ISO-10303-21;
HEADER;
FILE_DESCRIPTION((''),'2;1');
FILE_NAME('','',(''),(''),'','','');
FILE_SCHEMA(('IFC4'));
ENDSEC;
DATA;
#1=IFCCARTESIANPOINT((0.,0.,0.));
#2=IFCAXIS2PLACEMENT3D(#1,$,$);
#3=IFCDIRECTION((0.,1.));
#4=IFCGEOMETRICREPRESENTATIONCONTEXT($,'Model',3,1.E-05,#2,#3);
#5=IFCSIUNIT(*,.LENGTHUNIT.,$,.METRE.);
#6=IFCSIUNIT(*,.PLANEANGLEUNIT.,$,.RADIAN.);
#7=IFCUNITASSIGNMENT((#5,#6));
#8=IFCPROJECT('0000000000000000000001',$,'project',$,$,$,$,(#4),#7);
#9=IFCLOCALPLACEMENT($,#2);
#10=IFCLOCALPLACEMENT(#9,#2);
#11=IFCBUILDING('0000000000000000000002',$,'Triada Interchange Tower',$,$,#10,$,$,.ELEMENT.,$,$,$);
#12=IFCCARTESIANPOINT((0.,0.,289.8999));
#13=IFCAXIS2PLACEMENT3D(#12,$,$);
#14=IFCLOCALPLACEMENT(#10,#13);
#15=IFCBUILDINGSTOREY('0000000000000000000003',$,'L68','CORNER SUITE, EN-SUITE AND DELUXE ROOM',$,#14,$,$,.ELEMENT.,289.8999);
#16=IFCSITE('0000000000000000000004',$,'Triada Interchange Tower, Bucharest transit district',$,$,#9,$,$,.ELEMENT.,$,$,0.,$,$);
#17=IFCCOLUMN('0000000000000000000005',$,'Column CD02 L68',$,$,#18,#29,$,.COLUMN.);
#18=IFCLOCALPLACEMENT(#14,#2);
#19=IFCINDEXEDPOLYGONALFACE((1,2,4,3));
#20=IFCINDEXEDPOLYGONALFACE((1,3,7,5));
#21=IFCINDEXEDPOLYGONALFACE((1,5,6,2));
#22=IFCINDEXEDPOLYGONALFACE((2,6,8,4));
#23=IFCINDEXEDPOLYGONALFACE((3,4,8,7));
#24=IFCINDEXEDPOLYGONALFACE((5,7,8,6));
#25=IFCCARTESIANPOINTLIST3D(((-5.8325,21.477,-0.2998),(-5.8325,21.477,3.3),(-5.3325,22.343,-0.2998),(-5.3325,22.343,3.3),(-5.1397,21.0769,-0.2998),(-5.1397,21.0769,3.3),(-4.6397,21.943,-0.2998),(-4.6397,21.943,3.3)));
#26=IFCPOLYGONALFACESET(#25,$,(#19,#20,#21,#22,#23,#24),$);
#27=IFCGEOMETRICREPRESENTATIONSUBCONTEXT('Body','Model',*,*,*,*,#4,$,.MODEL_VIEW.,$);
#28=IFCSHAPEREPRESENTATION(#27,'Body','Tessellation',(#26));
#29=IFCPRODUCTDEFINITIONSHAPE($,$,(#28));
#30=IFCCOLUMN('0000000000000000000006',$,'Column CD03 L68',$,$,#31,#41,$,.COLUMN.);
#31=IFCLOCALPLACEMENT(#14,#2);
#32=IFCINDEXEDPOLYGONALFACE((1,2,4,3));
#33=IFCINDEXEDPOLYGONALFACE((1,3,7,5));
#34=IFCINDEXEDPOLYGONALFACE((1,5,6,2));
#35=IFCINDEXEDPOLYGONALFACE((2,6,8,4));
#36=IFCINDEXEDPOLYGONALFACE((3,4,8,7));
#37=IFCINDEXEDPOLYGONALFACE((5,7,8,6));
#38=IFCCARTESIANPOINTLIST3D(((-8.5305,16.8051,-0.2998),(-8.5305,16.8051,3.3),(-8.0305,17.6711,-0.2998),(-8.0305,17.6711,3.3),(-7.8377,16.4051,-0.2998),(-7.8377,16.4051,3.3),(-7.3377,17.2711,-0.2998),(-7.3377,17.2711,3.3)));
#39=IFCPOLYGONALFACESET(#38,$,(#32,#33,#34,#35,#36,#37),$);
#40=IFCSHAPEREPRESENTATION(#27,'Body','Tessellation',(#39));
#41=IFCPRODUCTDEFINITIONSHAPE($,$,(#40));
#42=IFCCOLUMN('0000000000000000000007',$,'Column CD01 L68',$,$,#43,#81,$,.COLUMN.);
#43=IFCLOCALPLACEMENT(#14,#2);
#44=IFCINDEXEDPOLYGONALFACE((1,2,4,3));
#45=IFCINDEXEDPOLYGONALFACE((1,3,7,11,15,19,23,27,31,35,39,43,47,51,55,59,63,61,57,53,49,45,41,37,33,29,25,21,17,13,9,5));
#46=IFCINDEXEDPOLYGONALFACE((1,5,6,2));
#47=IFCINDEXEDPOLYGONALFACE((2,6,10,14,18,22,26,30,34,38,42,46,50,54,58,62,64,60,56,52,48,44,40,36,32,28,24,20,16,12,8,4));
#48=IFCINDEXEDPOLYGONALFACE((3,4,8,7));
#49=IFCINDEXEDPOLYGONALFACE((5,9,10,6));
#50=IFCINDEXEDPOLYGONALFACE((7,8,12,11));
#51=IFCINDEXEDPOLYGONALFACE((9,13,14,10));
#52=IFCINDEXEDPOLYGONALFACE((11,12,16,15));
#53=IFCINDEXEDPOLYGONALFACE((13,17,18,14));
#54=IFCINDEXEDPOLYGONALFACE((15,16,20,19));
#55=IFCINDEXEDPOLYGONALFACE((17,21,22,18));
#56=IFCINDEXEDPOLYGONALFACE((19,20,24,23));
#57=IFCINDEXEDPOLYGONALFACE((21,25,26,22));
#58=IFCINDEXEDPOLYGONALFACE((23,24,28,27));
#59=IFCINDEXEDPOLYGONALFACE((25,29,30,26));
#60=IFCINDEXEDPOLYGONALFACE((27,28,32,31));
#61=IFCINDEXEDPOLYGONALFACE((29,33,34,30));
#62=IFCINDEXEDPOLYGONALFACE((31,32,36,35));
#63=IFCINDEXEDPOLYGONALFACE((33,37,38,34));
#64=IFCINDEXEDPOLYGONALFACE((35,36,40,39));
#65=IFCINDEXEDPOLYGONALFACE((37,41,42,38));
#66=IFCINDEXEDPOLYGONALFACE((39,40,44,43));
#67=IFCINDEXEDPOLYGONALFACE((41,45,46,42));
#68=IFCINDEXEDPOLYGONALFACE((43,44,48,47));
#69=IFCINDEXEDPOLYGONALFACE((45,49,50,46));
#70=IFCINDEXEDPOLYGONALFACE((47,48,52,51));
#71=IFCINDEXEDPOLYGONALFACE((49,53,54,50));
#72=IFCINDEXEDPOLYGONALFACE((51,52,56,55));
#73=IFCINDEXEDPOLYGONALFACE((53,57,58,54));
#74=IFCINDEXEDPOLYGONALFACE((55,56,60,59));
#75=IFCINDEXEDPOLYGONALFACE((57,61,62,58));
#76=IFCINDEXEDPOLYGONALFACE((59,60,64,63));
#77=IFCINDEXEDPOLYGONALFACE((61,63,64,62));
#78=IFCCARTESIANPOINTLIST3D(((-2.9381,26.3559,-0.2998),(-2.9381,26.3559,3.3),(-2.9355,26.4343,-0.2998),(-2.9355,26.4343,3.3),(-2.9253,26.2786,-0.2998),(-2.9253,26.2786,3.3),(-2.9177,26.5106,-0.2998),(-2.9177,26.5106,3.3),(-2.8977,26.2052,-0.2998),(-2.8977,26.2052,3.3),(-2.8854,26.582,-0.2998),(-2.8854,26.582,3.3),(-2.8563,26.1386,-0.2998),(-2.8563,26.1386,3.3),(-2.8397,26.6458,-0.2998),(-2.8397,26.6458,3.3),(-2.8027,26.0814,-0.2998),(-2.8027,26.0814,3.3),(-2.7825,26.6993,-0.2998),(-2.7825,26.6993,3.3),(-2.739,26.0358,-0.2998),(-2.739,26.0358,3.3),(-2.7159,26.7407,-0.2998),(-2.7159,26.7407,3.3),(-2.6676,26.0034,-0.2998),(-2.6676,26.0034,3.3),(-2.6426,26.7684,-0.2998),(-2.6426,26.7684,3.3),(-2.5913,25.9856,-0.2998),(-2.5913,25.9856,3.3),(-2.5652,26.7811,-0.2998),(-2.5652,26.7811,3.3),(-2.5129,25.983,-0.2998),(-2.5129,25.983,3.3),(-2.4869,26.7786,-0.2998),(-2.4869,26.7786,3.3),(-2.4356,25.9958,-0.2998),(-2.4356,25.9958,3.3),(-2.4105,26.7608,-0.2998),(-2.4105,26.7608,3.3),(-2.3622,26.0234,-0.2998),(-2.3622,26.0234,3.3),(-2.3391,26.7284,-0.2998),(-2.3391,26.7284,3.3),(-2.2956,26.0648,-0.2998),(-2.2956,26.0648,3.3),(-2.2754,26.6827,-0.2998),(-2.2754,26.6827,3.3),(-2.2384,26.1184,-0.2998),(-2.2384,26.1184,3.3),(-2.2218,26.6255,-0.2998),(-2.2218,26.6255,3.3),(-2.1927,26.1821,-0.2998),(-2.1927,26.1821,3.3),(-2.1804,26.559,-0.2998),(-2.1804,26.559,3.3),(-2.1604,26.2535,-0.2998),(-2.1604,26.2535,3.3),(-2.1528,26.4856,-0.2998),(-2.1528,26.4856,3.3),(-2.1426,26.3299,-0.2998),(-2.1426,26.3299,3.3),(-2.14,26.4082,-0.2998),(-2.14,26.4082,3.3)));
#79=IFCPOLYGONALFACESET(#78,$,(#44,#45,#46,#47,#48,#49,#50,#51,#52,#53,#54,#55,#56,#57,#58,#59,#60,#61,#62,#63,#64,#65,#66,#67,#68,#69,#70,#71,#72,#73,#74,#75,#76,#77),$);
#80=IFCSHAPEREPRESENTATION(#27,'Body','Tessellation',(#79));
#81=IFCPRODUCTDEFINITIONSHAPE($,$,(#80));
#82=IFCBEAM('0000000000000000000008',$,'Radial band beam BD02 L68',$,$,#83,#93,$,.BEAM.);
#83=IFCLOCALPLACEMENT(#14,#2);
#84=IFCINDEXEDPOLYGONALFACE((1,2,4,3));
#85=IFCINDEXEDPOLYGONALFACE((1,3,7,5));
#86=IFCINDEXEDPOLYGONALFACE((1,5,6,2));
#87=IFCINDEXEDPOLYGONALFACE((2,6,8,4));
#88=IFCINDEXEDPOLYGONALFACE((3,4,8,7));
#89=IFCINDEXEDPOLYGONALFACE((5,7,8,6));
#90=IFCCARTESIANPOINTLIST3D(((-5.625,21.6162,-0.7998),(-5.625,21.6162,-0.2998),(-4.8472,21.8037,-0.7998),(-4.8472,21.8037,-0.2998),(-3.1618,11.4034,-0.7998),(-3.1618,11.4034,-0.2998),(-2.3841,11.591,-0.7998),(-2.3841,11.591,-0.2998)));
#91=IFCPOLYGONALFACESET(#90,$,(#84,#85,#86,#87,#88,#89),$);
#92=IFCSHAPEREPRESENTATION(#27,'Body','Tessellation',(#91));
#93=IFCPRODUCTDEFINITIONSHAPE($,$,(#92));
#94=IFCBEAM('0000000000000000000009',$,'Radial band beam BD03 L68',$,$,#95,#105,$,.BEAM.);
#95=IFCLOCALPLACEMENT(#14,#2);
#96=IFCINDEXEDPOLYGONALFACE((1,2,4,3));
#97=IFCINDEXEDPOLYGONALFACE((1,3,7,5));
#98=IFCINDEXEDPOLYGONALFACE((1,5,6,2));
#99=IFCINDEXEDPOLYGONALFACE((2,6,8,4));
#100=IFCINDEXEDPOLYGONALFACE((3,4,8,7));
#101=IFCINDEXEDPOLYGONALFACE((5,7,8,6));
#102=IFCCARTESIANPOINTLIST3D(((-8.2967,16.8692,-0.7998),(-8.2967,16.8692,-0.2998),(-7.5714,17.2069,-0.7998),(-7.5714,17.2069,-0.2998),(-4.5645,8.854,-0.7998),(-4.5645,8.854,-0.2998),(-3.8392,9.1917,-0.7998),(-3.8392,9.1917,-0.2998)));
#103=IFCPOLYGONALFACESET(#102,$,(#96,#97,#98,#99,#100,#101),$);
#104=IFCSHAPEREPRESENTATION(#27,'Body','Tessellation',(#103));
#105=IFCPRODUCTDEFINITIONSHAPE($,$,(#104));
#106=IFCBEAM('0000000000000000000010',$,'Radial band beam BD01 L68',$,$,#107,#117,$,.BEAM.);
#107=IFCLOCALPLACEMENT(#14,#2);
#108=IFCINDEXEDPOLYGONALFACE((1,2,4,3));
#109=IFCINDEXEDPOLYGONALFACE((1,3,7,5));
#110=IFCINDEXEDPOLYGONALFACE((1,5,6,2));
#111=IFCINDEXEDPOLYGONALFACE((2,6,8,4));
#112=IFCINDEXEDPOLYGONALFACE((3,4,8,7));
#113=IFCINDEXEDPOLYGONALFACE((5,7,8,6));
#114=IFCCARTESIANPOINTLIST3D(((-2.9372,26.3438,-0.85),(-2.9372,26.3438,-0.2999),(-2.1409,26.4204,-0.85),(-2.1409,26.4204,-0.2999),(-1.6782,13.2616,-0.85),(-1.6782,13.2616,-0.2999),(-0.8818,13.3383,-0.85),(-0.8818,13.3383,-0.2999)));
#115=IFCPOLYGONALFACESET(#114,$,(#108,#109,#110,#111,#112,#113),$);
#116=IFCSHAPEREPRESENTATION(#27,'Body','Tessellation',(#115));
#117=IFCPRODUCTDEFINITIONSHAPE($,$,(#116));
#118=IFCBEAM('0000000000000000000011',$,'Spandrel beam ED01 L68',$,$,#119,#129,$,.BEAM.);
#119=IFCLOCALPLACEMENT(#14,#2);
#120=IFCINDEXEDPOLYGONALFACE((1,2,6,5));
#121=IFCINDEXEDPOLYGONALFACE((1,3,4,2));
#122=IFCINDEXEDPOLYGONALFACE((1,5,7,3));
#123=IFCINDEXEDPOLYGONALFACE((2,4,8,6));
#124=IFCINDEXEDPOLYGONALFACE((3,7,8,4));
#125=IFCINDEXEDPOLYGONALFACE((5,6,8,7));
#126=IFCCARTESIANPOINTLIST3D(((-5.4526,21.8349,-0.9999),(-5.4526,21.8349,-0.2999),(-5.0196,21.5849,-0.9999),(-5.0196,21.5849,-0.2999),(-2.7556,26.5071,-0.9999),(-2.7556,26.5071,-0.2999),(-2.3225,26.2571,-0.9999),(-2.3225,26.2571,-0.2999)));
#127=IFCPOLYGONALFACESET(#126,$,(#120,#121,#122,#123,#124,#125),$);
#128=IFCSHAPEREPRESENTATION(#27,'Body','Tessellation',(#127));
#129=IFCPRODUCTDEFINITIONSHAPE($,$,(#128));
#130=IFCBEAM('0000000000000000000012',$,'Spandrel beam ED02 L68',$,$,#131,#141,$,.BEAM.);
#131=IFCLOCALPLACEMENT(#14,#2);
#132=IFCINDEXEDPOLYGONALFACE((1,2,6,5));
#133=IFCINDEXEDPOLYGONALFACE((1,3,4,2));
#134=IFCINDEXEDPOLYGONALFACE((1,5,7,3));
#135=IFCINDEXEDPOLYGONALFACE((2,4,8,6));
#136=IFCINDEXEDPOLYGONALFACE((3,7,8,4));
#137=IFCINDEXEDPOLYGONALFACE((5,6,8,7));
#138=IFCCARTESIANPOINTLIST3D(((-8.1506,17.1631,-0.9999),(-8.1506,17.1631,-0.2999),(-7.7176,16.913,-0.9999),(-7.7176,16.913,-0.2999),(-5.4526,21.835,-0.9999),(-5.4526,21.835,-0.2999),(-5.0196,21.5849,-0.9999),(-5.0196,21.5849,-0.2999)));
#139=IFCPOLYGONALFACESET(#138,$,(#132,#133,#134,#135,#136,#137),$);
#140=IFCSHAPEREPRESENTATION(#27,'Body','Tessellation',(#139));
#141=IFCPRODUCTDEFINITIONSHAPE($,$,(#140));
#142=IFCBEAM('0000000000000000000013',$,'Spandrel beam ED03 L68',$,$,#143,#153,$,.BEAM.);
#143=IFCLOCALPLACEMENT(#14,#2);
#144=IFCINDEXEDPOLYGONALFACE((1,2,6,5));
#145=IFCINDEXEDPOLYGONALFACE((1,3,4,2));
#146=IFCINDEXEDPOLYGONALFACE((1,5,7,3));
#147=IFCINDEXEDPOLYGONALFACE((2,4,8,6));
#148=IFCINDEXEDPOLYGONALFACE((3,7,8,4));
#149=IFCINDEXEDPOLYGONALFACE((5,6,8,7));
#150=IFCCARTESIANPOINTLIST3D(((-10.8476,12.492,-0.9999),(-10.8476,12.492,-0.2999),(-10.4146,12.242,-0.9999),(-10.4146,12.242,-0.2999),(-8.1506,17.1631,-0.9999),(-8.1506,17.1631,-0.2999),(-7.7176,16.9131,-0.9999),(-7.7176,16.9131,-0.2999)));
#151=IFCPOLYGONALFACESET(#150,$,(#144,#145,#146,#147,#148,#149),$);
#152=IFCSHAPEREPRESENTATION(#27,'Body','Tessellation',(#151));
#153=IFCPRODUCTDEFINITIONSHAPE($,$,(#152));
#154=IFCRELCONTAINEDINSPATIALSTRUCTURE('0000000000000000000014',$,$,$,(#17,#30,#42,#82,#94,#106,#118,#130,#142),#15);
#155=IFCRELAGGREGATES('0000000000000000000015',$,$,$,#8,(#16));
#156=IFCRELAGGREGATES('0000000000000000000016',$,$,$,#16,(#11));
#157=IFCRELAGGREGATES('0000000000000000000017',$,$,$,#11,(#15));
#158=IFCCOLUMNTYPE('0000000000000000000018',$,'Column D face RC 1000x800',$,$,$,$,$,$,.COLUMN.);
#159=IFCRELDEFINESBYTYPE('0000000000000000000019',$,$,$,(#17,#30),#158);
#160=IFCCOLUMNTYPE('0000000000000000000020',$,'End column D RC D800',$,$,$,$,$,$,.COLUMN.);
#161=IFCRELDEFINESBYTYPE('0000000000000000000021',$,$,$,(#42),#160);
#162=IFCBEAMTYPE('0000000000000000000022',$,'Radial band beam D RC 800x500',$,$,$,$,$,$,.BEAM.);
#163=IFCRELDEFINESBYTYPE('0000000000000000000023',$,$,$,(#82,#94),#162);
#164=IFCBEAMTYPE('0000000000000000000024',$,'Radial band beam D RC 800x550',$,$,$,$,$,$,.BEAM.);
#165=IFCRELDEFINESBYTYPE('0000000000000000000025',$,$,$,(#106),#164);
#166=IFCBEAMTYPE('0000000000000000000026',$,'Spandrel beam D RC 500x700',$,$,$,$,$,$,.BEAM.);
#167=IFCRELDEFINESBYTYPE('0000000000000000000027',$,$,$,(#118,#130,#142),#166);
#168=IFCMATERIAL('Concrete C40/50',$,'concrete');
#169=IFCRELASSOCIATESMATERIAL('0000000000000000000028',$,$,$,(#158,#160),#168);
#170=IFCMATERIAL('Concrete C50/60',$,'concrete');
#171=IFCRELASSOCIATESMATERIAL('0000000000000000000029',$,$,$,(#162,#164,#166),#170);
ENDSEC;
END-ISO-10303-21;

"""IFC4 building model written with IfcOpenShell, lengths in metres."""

from ifc_helpers import new_model, si_unit, direction, frame, origin, origin_2d, place, context, subcontext, project, spatial, rectangle, circle, extrude, material, material_profile, profile_set, type_object, element, save


model = new_model("IFC4")

# Units and contexts
model_context = context("Model", 3, precision=1e-05, world=origin(), true_north=direction((0.0, 1.0)))
body_context = subcontext(model_context, "Body", "Model", "MODEL_VIEW")
ifc_project = project(units=[si_unit("LENGTHUNIT", "METRE"), si_unit("PLANEANGLEUNIT", "RADIAN")], contexts=[model_context])

# Site, building, storey
site_placement = place(None, origin())
site = spatial("IfcSite", under=ifc_project, at=site_placement, Name="Triada Interchange Tower, Bucharest transit district", CompositionType="ELEMENT", RefElevation=0.0)
building_placement = place(site_placement, origin())
building = spatial("IfcBuilding", under=site, at=building_placement, Name="Triada Interchange Tower", CompositionType="ELEMENT")
storey_placement = place(building_placement, frame((0.0, 0.0, 289.8999)))
storey = spatial("IfcBuildingStorey", under=building, at=storey_placement, Name="L68", Description="CORNER SUITE, EN-SUITE AND DELUXE ROOM", CompositionType="ELEMENT", Elevation=289.8999)

# Columns
ifc_material_1 = material(Name="Concrete C40/50", Category="concrete")
ifc_material_profile_1 = material_profile(ifc_material_1, rectangle(XDim=1.0, YDim=0.8, at=origin_2d()), Name="RC 1000x800")
ifc_profile_set_1 = profile_set([ifc_material_profile_1], Name="Concrete C40/50")
column_type_1 = type_object("IfcColumnType", Name="Column D face RC 1000x800", PredefinedType="COLUMN", material=ifc_profile_set_1)
for number, where, z_axis, x_axis, name in (
    (1, (-5.2361, 21.71, -0.2998), (0.0, 0.0, 1.0), (0.5, 0.866025, 0.0), "Column CD02 L68"),
    (2, (-7.9341, 17.0381, -0.2998), (0.0, 0.0, 1.0), (0.5, 0.866025, 0.0), "Column CD03 L68"),
):
    element("IfcColumn", number, at=place(storey_placement, frame(where, z_axis=z_axis, x_axis=x_axis)), inside=storey, type_object=column_type_1, Name=name, PredefinedType="COLUMN", context=body_context, shape_type="SweptSolid", body=[
        extrude(rectangle(XDim=1.0, YDim=0.8, at=origin_2d()), origin(), (0.0, 0.0, 1.0), 3.5999),
    ])
ifc_material_profile_2 = material_profile(ifc_material_1, circle(Radius=0.3999, at=origin_2d()), Name="RC D800")
ifc_profile_set_2 = profile_set([ifc_material_profile_2], Name="Concrete C40/50")
column_type_2 = type_object("IfcColumnType", Name="End column D RC D800", PredefinedType="COLUMN", material=ifc_profile_set_2)
column_placement = place(storey_placement, frame((-2.5391, 26.3821, -0.2998), z_axis=(0.0, 0.0, 1.0), x_axis=(0.5, 0.866025, 0.0)))
element("IfcColumn", 3, at=column_placement, inside=storey, type_object=column_type_2, Name="Column CD01 L68", PredefinedType="COLUMN", context=body_context, shape_type="SweptSolid", body=[
    extrude(circle(Radius=0.3999, at=origin_2d()), origin(), (0.0, 0.0, 1.0), 3.5999),
])

# Beams
ifc_material_2 = material(Name="Concrete C50/60", Category="concrete")
ifc_material_profile_3 = material_profile(ifc_material_2, rectangle(XDim=0.8, YDim=0.5, at=origin_2d()), Name="RC 800x500")
ifc_profile_set_3 = profile_set([ifc_material_profile_3], Name="Concrete C50/60")
beam_type_1 = type_object("IfcBeamType", Name="Radial band beam D RC 800x500", PredefinedType="BEAM", material=ifc_profile_set_3)
beam_1_placement = place(storey_placement, frame((-5.2361, 21.71, -0.5498), z_axis=(0.234457, -0.972127, 0.0), x_axis=(0.972127, 0.234457, 0.0)))
element("IfcBeam", 4, at=beam_1_placement, inside=storey, type_object=beam_type_1, Name="Radial band beam BD02 L68", PredefinedType="BEAM", context=body_context, shape_type="SweptSolid", body=[
    extrude(rectangle(XDim=0.8, YDim=0.5, at=origin_2d()), origin(), (0.0, 0.0, 1.0), 10.5056),
])
beam_2_placement = place(storey_placement, frame((-7.9341, 17.0381, -0.5498), z_axis=(0.422122, -0.906539, 0.0), x_axis=(0.906539, 0.422122, 0.0)))
element("IfcBeam", 5, at=beam_2_placement, inside=storey, type_object=beam_type_1, Name="Radial band beam BD03 L68", PredefinedType="BEAM", context=body_context, shape_type="SweptSolid", body=[
    extrude(rectangle(XDim=0.8, YDim=0.5, at=origin_2d()), origin(), (0.0, 0.0, 1.0), 8.8416),
])
ifc_material_profile_4 = material_profile(ifc_material_2, rectangle(XDim=0.8, YDim=0.55, at=origin_2d()), Name="RC 800x550")
ifc_profile_set_4 = profile_set([ifc_material_profile_4], Name="Concrete C50/60")
beam_type_2 = type_object("IfcBeamType", Name="Radial band beam D RC 800x550", PredefinedType="BEAM", material=ifc_profile_set_4)
beam_3_placement = place(storey_placement, frame((-2.5391, 26.3821, -0.575), z_axis=(0.095799, -0.995401, 0.0), x_axis=(0.995401, 0.095799, 0.0)))
element("IfcBeam", 6, at=beam_3_placement, inside=storey, type_object=beam_type_2, Name="Radial band beam BD01 L68", PredefinedType="BEAM", context=body_context, shape_type="SweptSolid", body=[
    extrude(rectangle(XDim=0.8, YDim=0.55, at=origin_2d()), origin(), (0.0, 0.0, 1.0), 13.1426),
])
ifc_material_profile_5 = material_profile(ifc_material_2, rectangle(XDim=0.5, YDim=0.7, at=origin_2d()), Name="RC 500x700")
ifc_profile_set_5 = profile_set([ifc_material_profile_5], Name="Concrete C50/60")
beam_type_3 = type_object("IfcBeamType", Name="Spandrel beam D RC 500x700", PredefinedType="BEAM", material=ifc_profile_set_5)
beam_4_placement = place(storey_placement, frame((-2.5391, 26.3821, -0.6499), z_axis=(-0.499941, -0.86606, 0.0), x_axis=(0.86606, -0.499941, 0.0)))
element("IfcBeam", 7, at=beam_4_placement, inside=storey, type_object=beam_type_3, Name="Spandrel beam ED01 L68", PredefinedType="BEAM", context=body_context, shape_type="SweptSolid", body=[
    extrude(rectangle(XDim=0.5, YDim=0.7, at=origin_2d()), origin(), (0.0, 0.0, 1.0), 5.3948),
])
beam_5_placement = place(storey_placement, frame((-5.2361, 21.71, -0.6499), z_axis=(-0.500096, -0.86597, 0.0), x_axis=(0.86597, -0.500096, 0.0)))
element("IfcBeam", 8, at=beam_5_placement, inside=storey, type_object=beam_type_3, Name="Spandrel beam ED02 L68", PredefinedType="BEAM", context=body_context, shape_type="SweptSolid", body=[
    extrude(rectangle(XDim=0.5, YDim=0.7, at=origin_2d()), origin(), (0.0, 0.0, 1.0), 5.395),
])
beam_6_placement = place(storey_placement, frame((-7.9341, 17.0381, -0.6499), z_axis=(-0.500019, -0.866014, 0.0), x_axis=(0.866014, -0.500019, 0.0)))
element("IfcBeam", 9, at=beam_6_placement, inside=storey, type_object=beam_type_3, Name="Spandrel beam ED03 L68", PredefinedType="BEAM", context=body_context, shape_type="SweptSolid", body=[
    extrude(rectangle(XDim=0.5, YDim=0.7, at=origin_2d()), origin(), (0.0, 0.0, 1.0), 5.3938),
])

save(model, "model.ifc")
